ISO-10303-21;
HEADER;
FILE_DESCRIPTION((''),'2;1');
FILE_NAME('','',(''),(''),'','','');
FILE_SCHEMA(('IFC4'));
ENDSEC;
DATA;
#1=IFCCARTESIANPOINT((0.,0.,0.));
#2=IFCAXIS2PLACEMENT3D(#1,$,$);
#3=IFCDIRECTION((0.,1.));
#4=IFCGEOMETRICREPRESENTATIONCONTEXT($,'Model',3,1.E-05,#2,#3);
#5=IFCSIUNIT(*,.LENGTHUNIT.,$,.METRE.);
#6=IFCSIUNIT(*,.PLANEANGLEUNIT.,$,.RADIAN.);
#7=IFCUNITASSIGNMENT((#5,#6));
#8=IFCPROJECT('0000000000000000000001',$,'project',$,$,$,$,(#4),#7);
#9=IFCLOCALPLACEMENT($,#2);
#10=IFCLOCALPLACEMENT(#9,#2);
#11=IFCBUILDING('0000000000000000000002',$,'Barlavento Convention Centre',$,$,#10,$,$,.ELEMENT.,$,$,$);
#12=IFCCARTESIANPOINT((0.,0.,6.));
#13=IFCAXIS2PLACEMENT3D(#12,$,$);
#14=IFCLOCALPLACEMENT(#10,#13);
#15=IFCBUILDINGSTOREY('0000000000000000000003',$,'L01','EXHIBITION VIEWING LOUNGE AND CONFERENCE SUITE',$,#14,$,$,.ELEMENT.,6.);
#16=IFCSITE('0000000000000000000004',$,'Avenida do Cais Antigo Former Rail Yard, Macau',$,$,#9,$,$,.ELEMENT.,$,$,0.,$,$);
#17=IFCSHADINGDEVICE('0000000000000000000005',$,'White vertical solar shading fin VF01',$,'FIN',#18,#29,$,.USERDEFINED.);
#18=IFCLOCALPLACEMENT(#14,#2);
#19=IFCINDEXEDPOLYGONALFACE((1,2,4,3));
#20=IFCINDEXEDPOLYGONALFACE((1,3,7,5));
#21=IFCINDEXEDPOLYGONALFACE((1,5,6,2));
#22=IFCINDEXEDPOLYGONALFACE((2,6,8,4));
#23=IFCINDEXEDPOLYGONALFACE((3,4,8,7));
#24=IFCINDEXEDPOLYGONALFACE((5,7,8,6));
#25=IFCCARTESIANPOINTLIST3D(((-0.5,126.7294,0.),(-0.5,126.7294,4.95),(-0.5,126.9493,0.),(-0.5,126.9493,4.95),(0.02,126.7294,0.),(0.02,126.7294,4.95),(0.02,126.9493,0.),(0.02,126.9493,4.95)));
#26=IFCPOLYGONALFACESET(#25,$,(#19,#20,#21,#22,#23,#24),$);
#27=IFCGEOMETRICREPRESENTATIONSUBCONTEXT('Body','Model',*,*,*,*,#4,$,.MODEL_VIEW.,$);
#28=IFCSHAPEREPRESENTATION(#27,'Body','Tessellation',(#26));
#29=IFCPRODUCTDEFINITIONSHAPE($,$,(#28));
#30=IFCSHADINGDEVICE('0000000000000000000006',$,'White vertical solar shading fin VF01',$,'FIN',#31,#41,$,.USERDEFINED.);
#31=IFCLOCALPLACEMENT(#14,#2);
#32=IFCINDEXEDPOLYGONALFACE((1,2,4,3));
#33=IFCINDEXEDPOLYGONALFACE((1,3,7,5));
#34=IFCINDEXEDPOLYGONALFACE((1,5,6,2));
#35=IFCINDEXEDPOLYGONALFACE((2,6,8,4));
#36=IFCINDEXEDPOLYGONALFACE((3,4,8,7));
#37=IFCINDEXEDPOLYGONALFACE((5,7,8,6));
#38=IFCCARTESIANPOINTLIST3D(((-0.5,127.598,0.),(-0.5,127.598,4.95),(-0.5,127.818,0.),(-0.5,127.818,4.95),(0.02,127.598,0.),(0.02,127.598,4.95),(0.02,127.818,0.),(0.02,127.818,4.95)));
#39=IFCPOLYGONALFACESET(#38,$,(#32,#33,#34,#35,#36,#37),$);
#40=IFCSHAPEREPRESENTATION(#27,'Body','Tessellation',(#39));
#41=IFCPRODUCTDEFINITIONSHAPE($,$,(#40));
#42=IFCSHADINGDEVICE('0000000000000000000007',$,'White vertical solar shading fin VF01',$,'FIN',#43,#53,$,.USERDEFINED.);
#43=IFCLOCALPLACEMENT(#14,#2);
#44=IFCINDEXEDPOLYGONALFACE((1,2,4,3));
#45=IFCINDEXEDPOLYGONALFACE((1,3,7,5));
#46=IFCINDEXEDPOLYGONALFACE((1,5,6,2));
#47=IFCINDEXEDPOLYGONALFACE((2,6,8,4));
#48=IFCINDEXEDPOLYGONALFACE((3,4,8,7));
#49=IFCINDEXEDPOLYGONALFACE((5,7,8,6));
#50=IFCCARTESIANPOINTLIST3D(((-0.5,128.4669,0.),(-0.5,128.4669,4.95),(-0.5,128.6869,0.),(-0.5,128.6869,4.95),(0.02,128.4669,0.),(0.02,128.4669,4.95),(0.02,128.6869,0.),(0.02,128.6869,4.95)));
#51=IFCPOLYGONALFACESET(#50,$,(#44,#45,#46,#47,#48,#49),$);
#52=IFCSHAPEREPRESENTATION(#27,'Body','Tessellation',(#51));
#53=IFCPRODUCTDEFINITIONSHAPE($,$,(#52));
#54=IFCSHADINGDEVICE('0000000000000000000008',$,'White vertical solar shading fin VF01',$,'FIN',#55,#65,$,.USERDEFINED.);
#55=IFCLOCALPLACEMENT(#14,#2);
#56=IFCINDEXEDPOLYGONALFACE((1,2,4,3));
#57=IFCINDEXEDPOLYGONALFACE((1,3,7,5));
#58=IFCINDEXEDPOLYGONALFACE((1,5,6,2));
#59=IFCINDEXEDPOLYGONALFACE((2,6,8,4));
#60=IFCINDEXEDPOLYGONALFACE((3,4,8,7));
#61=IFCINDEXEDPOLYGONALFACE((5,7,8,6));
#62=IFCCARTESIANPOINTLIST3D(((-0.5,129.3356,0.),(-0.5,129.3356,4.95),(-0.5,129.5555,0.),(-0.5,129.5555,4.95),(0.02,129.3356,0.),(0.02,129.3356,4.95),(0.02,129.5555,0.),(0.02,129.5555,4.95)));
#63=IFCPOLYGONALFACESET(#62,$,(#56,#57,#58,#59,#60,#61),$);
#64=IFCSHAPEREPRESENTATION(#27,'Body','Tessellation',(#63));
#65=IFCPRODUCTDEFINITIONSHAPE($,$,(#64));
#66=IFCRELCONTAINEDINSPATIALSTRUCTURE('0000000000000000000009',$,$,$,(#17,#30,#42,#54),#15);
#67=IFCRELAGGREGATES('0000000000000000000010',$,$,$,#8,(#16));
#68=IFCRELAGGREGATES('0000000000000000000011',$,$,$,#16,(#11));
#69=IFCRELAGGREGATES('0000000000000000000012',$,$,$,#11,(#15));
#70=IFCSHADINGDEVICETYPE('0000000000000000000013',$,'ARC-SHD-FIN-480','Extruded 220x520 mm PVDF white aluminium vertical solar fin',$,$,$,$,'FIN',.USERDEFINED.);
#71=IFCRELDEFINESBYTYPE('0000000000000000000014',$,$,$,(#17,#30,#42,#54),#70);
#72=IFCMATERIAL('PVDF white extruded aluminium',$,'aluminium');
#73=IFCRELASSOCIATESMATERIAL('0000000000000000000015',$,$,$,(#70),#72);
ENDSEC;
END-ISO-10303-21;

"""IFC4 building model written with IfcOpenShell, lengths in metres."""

from ifc_helpers import new_model, si_unit, direction, frame, origin, origin_2d, place, context, subcontext, project, spatial, rectangle, extrude, material, type_object, element, save


model = new_model("IFC4")

# Units and contexts
model_context = context("Model", 3, precision=1e-05, world=origin(), true_north=direction((0.0, 1.0)))
body_context = subcontext(model_context, "Body", "Model", "MODEL_VIEW")
ifc_project = project(units=[si_unit("LENGTHUNIT", "METRE"), si_unit("PLANEANGLEUNIT", "RADIAN")], contexts=[model_context])

# Site, building, storey
site_placement = place(None, origin())
site = spatial("IfcSite", under=ifc_project, at=site_placement, Name="Avenida do Cais Antigo Former Rail Yard, Macau", CompositionType="ELEMENT", RefElevation=0.0)
building_placement = place(site_placement, origin())
building = spatial("IfcBuilding", under=site, at=building_placement, Name="Barlavento Convention Centre", CompositionType="ELEMENT")
storey_placement = place(building_placement, frame((0.0, 0.0, 6.0)))
storey = spatial("IfcBuildingStorey", under=building, at=storey_placement, Name="L01", Description="EXHIBITION VIEWING LOUNGE AND CONFERENCE SUITE", CompositionType="ELEMENT", Elevation=6.0)

# Shading devices
ifc_material_1 = material(Name="PVDF white extruded aluminium", Category="aluminium")
shading_device_type = type_object("IfcShadingDeviceType", Name="ARC-SHD-FIN-480", Description="Extruded 220x520 mm PVDF white aluminium vertical solar fin", ElementType="FIN", PredefinedType="USERDEFINED", material=ifc_material_1)
for number, where, z_axis, x_axis, name in (
    (1, (-0.24, 126.8394, 0.0), (0.0, 0.0, 1.0), (0.0, 1.0, 0.0), "White vertical solar shading fin VF01"),
    (2, (-0.24, 127.708, 0.0), (0.0, 0.0, 1.0), (0.0, 1.0, 0.0), "White vertical solar shading fin VF01"),
    (3, (-0.24, 128.5769, 0.0), (0.0, 0.0, 1.0), (0.0, 1.0, 0.0), "White vertical solar shading fin VF01"),
    (4, (-0.24, 129.4456, 0.0), (0.0, 0.0, 1.0), (0.0, 1.0, 0.0), "White vertical solar shading fin VF01"),
):
    element("IfcShadingDevice", number, at=place(storey_placement, frame(where, z_axis=z_axis, x_axis=x_axis)), inside=storey, type_object=shading_device_type, Name=name, ObjectType="FIN", PredefinedType="USERDEFINED", context=body_context, shape_type="SweptSolid", body=[
        extrude(rectangle(XDim=0.22, YDim=0.52, at=origin_2d()), origin(), (0.0, 0.0, 1.0), 4.95),
    ])

save(model, "model.ifc")
